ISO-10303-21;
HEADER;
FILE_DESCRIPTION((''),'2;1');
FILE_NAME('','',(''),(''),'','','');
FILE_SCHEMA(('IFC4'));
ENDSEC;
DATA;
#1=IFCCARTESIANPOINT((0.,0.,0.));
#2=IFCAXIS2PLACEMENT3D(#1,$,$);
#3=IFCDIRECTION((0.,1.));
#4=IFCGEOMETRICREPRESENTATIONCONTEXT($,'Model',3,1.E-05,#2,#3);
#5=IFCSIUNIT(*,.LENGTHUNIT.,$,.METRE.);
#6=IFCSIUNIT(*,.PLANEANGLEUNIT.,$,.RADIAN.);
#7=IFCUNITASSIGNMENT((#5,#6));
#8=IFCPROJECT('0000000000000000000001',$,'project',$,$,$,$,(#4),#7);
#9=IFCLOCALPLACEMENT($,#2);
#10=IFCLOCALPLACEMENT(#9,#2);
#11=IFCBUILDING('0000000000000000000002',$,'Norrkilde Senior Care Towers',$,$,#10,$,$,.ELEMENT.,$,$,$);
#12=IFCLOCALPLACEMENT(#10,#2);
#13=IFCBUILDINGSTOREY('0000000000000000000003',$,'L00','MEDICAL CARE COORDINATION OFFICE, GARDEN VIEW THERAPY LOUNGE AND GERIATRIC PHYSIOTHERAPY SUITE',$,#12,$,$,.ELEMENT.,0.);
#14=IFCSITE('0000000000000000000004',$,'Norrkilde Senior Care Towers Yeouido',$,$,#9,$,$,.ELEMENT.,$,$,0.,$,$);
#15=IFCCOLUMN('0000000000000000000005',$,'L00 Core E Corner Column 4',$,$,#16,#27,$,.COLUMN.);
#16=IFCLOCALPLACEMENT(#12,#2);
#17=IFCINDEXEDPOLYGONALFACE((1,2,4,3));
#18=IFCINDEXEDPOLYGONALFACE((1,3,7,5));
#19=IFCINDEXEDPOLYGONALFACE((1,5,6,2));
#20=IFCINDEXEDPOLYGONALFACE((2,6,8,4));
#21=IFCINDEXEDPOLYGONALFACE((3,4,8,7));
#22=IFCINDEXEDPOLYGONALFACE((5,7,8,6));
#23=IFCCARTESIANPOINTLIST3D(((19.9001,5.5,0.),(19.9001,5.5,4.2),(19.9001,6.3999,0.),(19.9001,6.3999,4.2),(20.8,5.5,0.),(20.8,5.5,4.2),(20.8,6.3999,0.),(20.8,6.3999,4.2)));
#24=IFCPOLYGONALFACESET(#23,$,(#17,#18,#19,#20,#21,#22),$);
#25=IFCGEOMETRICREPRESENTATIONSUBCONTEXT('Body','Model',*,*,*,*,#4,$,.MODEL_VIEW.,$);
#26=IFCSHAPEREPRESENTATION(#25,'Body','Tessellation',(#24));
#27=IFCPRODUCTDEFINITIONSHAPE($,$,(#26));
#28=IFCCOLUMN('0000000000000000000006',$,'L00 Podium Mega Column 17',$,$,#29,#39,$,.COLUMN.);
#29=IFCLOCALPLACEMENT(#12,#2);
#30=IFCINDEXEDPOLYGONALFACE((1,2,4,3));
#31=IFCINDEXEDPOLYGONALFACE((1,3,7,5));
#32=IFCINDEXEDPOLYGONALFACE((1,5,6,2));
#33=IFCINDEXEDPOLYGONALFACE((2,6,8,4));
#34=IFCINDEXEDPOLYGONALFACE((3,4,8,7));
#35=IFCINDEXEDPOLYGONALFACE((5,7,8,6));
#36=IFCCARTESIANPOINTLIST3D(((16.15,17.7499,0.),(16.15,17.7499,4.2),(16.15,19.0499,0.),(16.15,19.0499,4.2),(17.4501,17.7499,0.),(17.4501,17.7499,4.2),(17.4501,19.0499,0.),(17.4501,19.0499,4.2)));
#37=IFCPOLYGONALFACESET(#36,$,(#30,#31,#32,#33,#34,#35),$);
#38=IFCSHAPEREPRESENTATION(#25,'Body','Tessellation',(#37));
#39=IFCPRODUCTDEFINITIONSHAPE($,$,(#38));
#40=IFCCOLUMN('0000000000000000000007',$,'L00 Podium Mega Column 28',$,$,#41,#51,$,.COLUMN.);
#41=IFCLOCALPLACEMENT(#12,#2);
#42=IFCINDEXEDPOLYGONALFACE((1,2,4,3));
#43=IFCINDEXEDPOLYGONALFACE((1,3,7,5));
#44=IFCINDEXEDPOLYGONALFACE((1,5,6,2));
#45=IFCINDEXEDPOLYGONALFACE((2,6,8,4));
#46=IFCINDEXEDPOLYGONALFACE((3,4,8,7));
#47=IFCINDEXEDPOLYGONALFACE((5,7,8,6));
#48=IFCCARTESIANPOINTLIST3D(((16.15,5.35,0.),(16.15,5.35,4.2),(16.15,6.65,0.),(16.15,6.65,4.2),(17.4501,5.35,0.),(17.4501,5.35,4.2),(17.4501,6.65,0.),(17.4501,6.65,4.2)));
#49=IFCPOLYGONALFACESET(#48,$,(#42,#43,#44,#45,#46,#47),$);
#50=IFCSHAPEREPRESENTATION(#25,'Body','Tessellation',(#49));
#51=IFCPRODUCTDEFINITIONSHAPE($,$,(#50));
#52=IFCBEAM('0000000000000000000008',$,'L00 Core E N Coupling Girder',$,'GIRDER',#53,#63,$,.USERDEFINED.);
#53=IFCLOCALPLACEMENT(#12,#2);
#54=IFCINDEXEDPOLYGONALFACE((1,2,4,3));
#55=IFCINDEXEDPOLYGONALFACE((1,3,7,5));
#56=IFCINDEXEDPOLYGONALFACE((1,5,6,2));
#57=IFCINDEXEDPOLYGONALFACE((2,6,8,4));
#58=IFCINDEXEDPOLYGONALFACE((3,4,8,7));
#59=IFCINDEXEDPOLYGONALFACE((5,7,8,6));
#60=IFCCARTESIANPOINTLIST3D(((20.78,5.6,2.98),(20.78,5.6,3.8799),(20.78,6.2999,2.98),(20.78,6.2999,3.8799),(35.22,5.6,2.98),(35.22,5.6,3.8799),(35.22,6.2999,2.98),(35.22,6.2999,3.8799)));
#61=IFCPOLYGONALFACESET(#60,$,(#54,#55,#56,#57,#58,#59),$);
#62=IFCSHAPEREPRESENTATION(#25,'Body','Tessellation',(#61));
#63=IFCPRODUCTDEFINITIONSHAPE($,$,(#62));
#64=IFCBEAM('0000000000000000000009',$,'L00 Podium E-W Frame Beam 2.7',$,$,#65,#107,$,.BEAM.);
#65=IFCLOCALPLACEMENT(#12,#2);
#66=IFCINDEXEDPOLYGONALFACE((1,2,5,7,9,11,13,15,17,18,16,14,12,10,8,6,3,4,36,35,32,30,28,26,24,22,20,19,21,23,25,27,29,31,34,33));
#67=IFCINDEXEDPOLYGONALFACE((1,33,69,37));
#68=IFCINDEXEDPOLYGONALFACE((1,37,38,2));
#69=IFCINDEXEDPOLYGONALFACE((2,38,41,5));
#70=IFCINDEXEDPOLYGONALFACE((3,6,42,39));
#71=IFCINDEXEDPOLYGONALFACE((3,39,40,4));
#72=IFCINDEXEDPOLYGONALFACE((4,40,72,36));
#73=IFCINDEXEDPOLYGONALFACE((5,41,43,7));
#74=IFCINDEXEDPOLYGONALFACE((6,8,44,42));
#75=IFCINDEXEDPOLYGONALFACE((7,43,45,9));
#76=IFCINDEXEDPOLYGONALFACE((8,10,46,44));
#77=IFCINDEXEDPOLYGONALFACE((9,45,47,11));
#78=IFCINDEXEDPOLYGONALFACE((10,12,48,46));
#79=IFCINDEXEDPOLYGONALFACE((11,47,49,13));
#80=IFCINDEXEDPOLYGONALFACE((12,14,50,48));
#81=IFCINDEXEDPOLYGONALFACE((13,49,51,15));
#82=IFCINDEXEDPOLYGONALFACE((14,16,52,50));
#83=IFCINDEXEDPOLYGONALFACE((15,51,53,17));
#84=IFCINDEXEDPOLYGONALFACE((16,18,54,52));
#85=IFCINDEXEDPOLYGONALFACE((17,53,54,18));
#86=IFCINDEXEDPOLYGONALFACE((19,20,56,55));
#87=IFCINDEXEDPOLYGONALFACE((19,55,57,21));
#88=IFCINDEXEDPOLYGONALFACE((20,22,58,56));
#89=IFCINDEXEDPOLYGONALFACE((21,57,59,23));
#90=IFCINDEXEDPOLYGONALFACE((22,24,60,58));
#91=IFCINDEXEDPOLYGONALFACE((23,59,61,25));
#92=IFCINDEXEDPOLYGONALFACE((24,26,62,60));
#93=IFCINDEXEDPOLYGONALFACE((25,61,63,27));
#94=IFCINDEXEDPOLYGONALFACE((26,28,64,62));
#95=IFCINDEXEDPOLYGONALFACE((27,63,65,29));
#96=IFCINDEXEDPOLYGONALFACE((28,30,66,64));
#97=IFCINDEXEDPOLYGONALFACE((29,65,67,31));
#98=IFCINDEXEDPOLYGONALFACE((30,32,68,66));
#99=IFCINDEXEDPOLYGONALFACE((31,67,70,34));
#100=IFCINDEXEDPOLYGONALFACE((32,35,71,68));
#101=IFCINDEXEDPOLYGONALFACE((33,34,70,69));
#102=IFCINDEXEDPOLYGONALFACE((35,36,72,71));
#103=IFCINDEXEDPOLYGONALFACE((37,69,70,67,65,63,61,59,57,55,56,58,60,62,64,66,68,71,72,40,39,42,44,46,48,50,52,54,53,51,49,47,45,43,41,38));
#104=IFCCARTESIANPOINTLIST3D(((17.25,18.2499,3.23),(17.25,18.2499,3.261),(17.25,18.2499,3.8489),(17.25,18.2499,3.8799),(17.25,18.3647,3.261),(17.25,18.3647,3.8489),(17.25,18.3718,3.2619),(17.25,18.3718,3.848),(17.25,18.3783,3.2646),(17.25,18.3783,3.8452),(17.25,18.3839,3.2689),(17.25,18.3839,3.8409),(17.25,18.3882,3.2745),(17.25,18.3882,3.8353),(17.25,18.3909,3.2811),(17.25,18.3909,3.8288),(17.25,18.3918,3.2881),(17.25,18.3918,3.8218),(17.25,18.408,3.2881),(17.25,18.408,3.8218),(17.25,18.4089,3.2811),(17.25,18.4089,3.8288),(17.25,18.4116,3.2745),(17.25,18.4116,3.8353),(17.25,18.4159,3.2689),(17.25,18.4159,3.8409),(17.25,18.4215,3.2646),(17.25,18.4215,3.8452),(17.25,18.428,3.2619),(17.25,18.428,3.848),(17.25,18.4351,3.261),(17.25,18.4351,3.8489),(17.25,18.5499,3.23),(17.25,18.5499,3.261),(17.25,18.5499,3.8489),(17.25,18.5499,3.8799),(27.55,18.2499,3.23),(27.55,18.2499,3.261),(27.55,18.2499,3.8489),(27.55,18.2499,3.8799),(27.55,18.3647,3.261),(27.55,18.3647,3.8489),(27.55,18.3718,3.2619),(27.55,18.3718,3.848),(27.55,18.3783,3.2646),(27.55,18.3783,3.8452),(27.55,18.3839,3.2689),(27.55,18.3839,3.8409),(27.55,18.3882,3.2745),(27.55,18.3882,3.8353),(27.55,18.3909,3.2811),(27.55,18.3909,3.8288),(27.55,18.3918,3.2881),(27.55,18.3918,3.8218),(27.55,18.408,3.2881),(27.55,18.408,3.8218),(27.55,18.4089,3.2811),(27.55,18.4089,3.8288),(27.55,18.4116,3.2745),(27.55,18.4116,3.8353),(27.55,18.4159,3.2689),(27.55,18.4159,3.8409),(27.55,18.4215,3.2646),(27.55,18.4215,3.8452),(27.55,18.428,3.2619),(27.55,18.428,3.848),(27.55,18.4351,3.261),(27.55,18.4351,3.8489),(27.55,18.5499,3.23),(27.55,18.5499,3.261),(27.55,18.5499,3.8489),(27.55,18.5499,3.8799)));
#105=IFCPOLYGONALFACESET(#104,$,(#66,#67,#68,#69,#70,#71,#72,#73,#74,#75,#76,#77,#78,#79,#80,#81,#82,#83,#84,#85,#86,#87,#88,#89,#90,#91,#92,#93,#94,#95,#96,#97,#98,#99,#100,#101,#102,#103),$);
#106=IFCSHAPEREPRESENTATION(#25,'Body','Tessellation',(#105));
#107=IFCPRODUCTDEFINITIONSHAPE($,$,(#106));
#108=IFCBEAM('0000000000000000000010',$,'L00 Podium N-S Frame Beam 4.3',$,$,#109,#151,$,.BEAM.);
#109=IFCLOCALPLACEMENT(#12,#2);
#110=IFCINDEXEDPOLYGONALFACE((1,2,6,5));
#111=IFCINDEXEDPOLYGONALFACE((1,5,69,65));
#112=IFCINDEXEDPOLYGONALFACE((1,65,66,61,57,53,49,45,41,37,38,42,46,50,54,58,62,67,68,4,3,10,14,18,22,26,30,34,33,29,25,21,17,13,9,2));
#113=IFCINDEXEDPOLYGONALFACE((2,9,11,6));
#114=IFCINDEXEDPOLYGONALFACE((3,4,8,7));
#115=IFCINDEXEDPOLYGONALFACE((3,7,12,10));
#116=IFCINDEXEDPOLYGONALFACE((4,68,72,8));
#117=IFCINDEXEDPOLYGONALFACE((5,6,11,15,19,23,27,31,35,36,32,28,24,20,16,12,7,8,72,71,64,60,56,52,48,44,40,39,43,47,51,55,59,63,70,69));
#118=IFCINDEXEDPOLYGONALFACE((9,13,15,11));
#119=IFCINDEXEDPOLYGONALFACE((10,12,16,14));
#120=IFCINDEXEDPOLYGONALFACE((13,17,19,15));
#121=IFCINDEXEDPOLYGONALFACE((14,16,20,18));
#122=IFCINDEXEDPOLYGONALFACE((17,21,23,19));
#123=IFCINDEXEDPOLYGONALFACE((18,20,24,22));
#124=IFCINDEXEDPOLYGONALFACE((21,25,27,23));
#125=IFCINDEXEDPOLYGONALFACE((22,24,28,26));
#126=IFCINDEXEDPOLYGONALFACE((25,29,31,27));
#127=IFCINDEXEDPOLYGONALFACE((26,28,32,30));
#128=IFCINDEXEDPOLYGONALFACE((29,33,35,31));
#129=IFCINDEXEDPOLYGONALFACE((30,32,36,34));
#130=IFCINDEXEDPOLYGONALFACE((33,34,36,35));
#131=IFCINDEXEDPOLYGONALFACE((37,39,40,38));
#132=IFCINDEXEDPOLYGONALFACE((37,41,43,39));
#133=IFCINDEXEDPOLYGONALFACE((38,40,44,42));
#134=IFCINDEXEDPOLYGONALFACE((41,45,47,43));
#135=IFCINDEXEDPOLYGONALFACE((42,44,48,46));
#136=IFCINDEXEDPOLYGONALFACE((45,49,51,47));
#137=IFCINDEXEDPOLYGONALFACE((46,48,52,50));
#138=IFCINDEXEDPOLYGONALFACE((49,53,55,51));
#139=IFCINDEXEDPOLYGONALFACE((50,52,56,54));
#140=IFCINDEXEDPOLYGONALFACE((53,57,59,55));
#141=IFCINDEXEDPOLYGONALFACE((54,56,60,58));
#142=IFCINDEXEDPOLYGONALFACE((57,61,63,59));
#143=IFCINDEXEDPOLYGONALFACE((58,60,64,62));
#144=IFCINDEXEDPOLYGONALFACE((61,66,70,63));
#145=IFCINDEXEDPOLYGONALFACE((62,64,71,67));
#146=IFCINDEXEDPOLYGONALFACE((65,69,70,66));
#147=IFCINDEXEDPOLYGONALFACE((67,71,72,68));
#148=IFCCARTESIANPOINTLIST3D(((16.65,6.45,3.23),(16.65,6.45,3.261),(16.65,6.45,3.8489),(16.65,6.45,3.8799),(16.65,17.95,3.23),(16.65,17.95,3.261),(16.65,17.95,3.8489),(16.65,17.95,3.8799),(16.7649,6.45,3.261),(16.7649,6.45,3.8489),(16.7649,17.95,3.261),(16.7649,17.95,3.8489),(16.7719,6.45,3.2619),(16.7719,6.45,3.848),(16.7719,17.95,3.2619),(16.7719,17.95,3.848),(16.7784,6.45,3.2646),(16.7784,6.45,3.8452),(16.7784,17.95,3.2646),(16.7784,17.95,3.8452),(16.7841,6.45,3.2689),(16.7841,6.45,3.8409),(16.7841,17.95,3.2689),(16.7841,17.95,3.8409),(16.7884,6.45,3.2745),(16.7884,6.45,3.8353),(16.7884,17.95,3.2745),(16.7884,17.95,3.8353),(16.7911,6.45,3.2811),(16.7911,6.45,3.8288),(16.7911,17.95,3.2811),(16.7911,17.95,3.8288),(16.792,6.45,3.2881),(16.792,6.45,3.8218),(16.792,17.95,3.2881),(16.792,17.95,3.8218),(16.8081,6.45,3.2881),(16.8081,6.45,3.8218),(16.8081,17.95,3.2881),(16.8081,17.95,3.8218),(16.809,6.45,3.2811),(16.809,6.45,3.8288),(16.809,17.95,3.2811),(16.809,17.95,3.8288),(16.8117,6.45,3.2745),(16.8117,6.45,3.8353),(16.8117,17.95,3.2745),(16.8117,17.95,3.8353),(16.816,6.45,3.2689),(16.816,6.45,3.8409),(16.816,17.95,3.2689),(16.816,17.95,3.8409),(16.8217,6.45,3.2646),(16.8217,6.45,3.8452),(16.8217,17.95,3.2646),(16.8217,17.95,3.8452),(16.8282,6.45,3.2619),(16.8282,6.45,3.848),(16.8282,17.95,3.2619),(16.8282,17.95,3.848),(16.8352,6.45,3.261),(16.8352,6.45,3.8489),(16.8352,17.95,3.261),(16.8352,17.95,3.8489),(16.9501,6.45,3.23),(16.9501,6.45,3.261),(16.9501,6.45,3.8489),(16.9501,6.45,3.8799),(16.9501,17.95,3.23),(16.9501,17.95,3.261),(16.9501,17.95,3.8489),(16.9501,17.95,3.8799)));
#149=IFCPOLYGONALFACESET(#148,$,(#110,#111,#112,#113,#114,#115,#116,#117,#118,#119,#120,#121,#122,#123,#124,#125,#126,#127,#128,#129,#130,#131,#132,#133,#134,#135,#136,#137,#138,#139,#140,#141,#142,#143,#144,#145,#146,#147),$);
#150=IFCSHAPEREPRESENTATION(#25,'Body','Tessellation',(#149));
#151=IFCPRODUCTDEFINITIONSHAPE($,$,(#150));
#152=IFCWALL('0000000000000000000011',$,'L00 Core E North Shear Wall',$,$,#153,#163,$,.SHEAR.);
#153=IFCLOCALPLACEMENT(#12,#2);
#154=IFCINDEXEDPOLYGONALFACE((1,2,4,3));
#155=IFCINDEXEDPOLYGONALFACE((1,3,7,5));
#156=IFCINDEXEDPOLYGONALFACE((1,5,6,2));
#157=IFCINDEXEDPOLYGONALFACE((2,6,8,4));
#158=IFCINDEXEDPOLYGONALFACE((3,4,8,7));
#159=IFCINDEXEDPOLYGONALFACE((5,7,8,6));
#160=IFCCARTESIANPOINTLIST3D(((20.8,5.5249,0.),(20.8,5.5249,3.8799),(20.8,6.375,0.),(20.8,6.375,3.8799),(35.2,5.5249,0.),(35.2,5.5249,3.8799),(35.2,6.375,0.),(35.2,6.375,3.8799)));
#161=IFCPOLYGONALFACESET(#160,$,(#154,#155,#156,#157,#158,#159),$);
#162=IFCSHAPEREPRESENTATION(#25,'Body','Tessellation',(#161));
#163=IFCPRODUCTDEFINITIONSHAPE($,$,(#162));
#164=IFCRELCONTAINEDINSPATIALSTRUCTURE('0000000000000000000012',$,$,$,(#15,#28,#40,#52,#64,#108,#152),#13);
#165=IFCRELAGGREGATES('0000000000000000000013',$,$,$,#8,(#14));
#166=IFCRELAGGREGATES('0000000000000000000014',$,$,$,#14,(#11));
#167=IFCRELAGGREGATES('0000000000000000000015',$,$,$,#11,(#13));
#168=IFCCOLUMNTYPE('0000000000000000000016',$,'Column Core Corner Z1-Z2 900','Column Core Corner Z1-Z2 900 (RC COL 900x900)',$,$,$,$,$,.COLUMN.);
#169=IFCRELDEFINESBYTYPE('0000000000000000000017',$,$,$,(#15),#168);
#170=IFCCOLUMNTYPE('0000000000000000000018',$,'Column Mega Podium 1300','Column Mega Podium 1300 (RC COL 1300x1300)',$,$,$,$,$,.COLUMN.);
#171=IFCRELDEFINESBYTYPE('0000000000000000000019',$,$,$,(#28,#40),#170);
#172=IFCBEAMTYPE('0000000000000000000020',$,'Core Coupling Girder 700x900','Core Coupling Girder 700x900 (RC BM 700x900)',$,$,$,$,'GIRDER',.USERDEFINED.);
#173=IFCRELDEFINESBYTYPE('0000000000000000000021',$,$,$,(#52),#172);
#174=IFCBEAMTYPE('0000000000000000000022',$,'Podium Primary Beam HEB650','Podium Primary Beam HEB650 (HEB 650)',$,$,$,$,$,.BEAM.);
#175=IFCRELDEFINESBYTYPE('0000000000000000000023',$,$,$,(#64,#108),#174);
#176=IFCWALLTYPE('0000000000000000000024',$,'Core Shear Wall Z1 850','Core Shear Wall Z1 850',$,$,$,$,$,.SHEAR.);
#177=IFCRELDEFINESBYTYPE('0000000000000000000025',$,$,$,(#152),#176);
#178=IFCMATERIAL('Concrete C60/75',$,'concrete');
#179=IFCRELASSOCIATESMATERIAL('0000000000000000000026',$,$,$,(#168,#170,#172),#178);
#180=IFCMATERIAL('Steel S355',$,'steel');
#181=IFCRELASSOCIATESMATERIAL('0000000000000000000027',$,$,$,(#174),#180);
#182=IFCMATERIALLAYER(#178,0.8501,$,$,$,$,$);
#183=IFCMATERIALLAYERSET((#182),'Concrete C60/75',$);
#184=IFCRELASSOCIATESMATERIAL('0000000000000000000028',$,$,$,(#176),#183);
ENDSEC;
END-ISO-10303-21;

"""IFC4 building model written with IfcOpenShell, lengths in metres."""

from ifc_helpers import new_model, si_unit, direction, frame, frame_2d, origin, origin_2d, place, context, subcontext, project, spatial, rectangle, i_section, extrude, source, transform, mapped, material, layer, layer_set, material_profile, profile_set, type_object, type_shapes, element, save


model = new_model("IFC4")

# Units and contexts
model_context = context("Model", 3, precision=1e-05, world=origin(), true_north=direction((0.0, 1.0)))
body_context = subcontext(model_context, "Body", "Model", "MODEL_VIEW")
ifc_project = project(units=[si_unit("LENGTHUNIT", "METRE"), si_unit("PLANEANGLEUNIT", "RADIAN")], contexts=[model_context])

# Site, building, storey
site_placement = place(None, origin())
site = spatial("IfcSite", under=ifc_project, at=site_placement, Name="Norrkilde Senior Care Towers Yeouido", CompositionType="ELEMENT", RefElevation=0.0)
building_placement = place(site_placement, origin())
building = spatial("IfcBuilding", under=site, at=building_placement, Name="Norrkilde Senior Care Towers", CompositionType="ELEMENT")
storey_placement = place(building_placement, origin())
storey = spatial("IfcBuildingStorey", under=building, at=storey_placement, Name="L00", Description="MEDICAL CARE COORDINATION OFFICE, GARDEN VIEW THERAPY LOUNGE AND GERIATRIC PHYSIOTHERAPY SUITE", CompositionType="ELEMENT", Elevation=0.0)

# Columns
ifc_material_1 = material(Name="Concrete C60/75", Category="concrete")
ifc_material_profile_1 = material_profile(ifc_material_1, rectangle(XDim=0.8999, YDim=0.8999, at=origin_2d()), Name="RC COL 900x900")
ifc_profile_set_1 = profile_set([ifc_material_profile_1], Name="Concrete C60/75")
column_type_1 = type_object("IfcColumnType", Name="Column Core Corner Z1-Z2 900", Description="Column Core Corner Z1-Z2 900 (RC COL 900x900)", PredefinedType="COLUMN", material=ifc_profile_set_1)
shared_shape_1 = source(origin(), body_context, "Body", "SweptSolid", [
    extrude(rectangle(XDim=0.8999, YDim=0.8999, at=origin_2d()), origin(), (0.0, 0.0, 1.0), 4.2),
])
type_shapes(column_type_1, [shared_shape_1])
column_placement = place(storey_placement, frame((20.3501, 5.95, 0.0), z_axis=(0.0, 0.0, 1.0), x_axis=(1.0, 0.0, 0.0)))
element("IfcColumn", 1, at=column_placement, inside=storey, type_object=column_type_1, Name="L00 Core E Corner Column 4", PredefinedType="COLUMN", context=body_context, shape_type="MappedRepresentation", body=[
    mapped(shared_shape_1, transform((0.0, 0.0, 0.0), x_axis=(1.0, 0.0, 0.0), y_axis=(0.0, 1.0, 0.0), z_axis=(0.0, 0.0, 1.0), scale=1.0)),
])
ifc_material_profile_2 = material_profile(ifc_material_1, rectangle(XDim=1.3, YDim=1.3, at=origin_2d()), Name="RC COL 1300x1300")
ifc_profile_set_2 = profile_set([ifc_material_profile_2], Name="Concrete C60/75")
column_type_2 = type_object("IfcColumnType", Name="Column Mega Podium 1300", Description="Column Mega Podium 1300 (RC COL 1300x1300)", PredefinedType="COLUMN", material=ifc_profile_set_2)
shared_shape_2 = source(origin(), body_context, "Body", "SweptSolid", [
    extrude(rectangle(XDim=1.3, YDim=1.3, at=origin_2d()), origin(), (0.0, 0.0, 1.0), 4.2),
])
type_shapes(column_type_2, [shared_shape_2])
for number, where, z_axis, x_axis, name in (
    (2, (16.8, 18.3999, 0.0), (0.0, 0.0, 1.0), (1.0, 0.0, 0.0), "L00 Podium Mega Column 17"),
    (3, (16.8, 6.0, 0.0), (0.0, 0.0, 1.0), (1.0, 0.0, 0.0), "L00 Podium Mega Column 28"),
):
    element("IfcColumn", number, at=place(storey_placement, frame(where, z_axis=z_axis, x_axis=x_axis)), inside=storey, type_object=column_type_2, Name=name, PredefinedType="COLUMN", context=body_context, shape_type="MappedRepresentation", body=[
        mapped(shared_shape_2, transform((0.0, 0.0, 0.0), x_axis=(1.0, 0.0, 0.0), y_axis=(0.0, 1.0, 0.0), z_axis=(0.0, 0.0, 1.0), scale=1.0)),
    ])

# Beams
ifc_material_profile_3 = material_profile(ifc_material_1, rectangle(XDim=0.7, YDim=0.8999, at=origin_2d()), Name="RC BM 700x900")
ifc_profile_set_3 = profile_set([ifc_material_profile_3], Name="Concrete C60/75")
beam_type_1 = type_object("IfcBeamType", Name="Core Coupling Girder 700x900", Description="Core Coupling Girder 700x900 (RC BM 700x900)", ElementType="GIRDER", PredefinedType="USERDEFINED", material=ifc_profile_set_3)
shared_shape_3 = source(origin(), body_context, "Body", "SweptSolid", [
    extrude(rectangle(XDim=0.7, YDim=0.8999, at=origin_2d()), origin(), (0.0, 0.0, 1.0), 14.4399),
])
type_shapes(beam_type_1, [shared_shape_3])
beam_1_placement = place(storey_placement, frame((20.78, 5.95, 3.4299), z_axis=(1.0, 0.0, 0.0), x_axis=(0.0, 1.0, 0.0)))
element("IfcBeam", 4, at=beam_1_placement, inside=storey, type_object=beam_type_1, Name="L00 Core E N Coupling Girder", ObjectType="GIRDER", PredefinedType="USERDEFINED", context=body_context, shape_type="MappedRepresentation", body=[
    mapped(shared_shape_3, transform((0.0, 0.0, 0.0), x_axis=(1.0, 0.0, 0.0), y_axis=(0.0, 1.0, 0.0), z_axis=(0.0, 0.0, 1.0), scale=1.0)),
])
ifc_material_2 = material(Name="Steel S355", Category="steel")
ifc_material_profile_4 = material_profile(ifc_material_2, i_section(OverallWidth=0.3, OverallDepth=0.6499, WebThickness=0.0161, FlangeThickness=0.031, FilletRadius=0.0271, at=origin_2d()), Name="HEB 650")
ifc_profile_set_4 = profile_set([ifc_material_profile_4], Name="Steel S355")
beam_type_2 = type_object("IfcBeamType", Name="Podium Primary Beam HEB650", Description="Podium Primary Beam HEB650 (HEB 650)", PredefinedType="BEAM", material=ifc_profile_set_4)
shared_shape_4 = source(origin(), body_context, "Body", "SweptSolid", [
    extrude(i_section(OverallWidth=0.3, OverallDepth=0.6499, WebThickness=0.0161, FlangeThickness=0.031, FilletRadius=0.0271, at=origin_2d()), origin(), (0.0, 0.0, 1.0), 10.3),
])
beam_2_placement = place(storey_placement, frame((17.25, 18.3999, 3.5549), z_axis=(1.0, 0.0, 0.0), x_axis=(0.0, 1.0, 0.0)))
element("IfcBeam", 5, at=beam_2_placement, inside=storey, type_object=beam_type_2, Name="L00 Podium E-W Frame Beam 2.7", PredefinedType="BEAM", context=body_context, shape_type="MappedRepresentation", body=[
    mapped(shared_shape_4, transform((0.0, 0.0, 0.0), x_axis=(1.0, 0.0, 0.0), y_axis=(0.0, 1.0, 0.0), z_axis=(0.0, 0.0, 1.0), scale=1.0)),
])
shared_shape_5 = source(origin(), body_context, "Body", "SweptSolid", [
    extrude(i_section(OverallWidth=0.3, OverallDepth=0.6499, WebThickness=0.0161, FlangeThickness=0.031, FilletRadius=0.0271, at=origin_2d()), origin(), (0.0, 0.0, 1.0), 11.5),
])
type_shapes(beam_type_2, [shared_shape_4, shared_shape_5])
beam_3_placement = place(storey_placement, frame((16.8, 6.45, 3.5549), z_axis=(0.0, 1.0, 0.0), x_axis=(-1.0, 0.0, 0.0)))
element("IfcBeam", 6, at=beam_3_placement, inside=storey, type_object=beam_type_2, Name="L00 Podium N-S Frame Beam 4.3", PredefinedType="BEAM", context=body_context, shape_type="MappedRepresentation", body=[
    mapped(shared_shape_5, transform((0.0, 0.0, 0.0), x_axis=(1.0, 0.0, 0.0), y_axis=(0.0, 1.0, 0.0), z_axis=(0.0, 0.0, 1.0), scale=1.0)),
])

# Wall
ifc_layer_1 = layer(ifc_material_1, 0.8501)
ifc_layer_set_1 = layer_set([ifc_layer_1], Name="Concrete C60/75")
wall_type_1 = type_object("IfcWallType", Name="Core Shear Wall Z1 850", Description="Core Shear Wall Z1 850", PredefinedType="SHEAR", material=ifc_layer_set_1)
shared_shape_6 = source(origin(), body_context, "Body", "SweptSolid", [
    extrude(rectangle(XDim=14.3999, YDim=0.8501, at=frame_2d((7.2, 0.0))), origin(), (0.0, 0.0, 1.0), 3.8799),
])
type_shapes(wall_type_1, [shared_shape_6])
wall_1_placement = place(storey_placement, frame((20.8, 5.95, 0.0), z_axis=(0.0, 0.0, 1.0), x_axis=(1.0, 0.0, 0.0)))
element("IfcWall", 7, at=wall_1_placement, inside=storey, type_object=wall_type_1, Name="L00 Core E North Shear Wall", PredefinedType="SHEAR", context=body_context, shape_type="MappedRepresentation", body=[
    mapped(shared_shape_6, transform((0.0, 0.0, 0.0), x_axis=(1.0, 0.0, 0.0), y_axis=(0.0, 1.0, 0.0), z_axis=(0.0, 0.0, 1.0), scale=1.0)),
])

save(model, "model.ifc")
